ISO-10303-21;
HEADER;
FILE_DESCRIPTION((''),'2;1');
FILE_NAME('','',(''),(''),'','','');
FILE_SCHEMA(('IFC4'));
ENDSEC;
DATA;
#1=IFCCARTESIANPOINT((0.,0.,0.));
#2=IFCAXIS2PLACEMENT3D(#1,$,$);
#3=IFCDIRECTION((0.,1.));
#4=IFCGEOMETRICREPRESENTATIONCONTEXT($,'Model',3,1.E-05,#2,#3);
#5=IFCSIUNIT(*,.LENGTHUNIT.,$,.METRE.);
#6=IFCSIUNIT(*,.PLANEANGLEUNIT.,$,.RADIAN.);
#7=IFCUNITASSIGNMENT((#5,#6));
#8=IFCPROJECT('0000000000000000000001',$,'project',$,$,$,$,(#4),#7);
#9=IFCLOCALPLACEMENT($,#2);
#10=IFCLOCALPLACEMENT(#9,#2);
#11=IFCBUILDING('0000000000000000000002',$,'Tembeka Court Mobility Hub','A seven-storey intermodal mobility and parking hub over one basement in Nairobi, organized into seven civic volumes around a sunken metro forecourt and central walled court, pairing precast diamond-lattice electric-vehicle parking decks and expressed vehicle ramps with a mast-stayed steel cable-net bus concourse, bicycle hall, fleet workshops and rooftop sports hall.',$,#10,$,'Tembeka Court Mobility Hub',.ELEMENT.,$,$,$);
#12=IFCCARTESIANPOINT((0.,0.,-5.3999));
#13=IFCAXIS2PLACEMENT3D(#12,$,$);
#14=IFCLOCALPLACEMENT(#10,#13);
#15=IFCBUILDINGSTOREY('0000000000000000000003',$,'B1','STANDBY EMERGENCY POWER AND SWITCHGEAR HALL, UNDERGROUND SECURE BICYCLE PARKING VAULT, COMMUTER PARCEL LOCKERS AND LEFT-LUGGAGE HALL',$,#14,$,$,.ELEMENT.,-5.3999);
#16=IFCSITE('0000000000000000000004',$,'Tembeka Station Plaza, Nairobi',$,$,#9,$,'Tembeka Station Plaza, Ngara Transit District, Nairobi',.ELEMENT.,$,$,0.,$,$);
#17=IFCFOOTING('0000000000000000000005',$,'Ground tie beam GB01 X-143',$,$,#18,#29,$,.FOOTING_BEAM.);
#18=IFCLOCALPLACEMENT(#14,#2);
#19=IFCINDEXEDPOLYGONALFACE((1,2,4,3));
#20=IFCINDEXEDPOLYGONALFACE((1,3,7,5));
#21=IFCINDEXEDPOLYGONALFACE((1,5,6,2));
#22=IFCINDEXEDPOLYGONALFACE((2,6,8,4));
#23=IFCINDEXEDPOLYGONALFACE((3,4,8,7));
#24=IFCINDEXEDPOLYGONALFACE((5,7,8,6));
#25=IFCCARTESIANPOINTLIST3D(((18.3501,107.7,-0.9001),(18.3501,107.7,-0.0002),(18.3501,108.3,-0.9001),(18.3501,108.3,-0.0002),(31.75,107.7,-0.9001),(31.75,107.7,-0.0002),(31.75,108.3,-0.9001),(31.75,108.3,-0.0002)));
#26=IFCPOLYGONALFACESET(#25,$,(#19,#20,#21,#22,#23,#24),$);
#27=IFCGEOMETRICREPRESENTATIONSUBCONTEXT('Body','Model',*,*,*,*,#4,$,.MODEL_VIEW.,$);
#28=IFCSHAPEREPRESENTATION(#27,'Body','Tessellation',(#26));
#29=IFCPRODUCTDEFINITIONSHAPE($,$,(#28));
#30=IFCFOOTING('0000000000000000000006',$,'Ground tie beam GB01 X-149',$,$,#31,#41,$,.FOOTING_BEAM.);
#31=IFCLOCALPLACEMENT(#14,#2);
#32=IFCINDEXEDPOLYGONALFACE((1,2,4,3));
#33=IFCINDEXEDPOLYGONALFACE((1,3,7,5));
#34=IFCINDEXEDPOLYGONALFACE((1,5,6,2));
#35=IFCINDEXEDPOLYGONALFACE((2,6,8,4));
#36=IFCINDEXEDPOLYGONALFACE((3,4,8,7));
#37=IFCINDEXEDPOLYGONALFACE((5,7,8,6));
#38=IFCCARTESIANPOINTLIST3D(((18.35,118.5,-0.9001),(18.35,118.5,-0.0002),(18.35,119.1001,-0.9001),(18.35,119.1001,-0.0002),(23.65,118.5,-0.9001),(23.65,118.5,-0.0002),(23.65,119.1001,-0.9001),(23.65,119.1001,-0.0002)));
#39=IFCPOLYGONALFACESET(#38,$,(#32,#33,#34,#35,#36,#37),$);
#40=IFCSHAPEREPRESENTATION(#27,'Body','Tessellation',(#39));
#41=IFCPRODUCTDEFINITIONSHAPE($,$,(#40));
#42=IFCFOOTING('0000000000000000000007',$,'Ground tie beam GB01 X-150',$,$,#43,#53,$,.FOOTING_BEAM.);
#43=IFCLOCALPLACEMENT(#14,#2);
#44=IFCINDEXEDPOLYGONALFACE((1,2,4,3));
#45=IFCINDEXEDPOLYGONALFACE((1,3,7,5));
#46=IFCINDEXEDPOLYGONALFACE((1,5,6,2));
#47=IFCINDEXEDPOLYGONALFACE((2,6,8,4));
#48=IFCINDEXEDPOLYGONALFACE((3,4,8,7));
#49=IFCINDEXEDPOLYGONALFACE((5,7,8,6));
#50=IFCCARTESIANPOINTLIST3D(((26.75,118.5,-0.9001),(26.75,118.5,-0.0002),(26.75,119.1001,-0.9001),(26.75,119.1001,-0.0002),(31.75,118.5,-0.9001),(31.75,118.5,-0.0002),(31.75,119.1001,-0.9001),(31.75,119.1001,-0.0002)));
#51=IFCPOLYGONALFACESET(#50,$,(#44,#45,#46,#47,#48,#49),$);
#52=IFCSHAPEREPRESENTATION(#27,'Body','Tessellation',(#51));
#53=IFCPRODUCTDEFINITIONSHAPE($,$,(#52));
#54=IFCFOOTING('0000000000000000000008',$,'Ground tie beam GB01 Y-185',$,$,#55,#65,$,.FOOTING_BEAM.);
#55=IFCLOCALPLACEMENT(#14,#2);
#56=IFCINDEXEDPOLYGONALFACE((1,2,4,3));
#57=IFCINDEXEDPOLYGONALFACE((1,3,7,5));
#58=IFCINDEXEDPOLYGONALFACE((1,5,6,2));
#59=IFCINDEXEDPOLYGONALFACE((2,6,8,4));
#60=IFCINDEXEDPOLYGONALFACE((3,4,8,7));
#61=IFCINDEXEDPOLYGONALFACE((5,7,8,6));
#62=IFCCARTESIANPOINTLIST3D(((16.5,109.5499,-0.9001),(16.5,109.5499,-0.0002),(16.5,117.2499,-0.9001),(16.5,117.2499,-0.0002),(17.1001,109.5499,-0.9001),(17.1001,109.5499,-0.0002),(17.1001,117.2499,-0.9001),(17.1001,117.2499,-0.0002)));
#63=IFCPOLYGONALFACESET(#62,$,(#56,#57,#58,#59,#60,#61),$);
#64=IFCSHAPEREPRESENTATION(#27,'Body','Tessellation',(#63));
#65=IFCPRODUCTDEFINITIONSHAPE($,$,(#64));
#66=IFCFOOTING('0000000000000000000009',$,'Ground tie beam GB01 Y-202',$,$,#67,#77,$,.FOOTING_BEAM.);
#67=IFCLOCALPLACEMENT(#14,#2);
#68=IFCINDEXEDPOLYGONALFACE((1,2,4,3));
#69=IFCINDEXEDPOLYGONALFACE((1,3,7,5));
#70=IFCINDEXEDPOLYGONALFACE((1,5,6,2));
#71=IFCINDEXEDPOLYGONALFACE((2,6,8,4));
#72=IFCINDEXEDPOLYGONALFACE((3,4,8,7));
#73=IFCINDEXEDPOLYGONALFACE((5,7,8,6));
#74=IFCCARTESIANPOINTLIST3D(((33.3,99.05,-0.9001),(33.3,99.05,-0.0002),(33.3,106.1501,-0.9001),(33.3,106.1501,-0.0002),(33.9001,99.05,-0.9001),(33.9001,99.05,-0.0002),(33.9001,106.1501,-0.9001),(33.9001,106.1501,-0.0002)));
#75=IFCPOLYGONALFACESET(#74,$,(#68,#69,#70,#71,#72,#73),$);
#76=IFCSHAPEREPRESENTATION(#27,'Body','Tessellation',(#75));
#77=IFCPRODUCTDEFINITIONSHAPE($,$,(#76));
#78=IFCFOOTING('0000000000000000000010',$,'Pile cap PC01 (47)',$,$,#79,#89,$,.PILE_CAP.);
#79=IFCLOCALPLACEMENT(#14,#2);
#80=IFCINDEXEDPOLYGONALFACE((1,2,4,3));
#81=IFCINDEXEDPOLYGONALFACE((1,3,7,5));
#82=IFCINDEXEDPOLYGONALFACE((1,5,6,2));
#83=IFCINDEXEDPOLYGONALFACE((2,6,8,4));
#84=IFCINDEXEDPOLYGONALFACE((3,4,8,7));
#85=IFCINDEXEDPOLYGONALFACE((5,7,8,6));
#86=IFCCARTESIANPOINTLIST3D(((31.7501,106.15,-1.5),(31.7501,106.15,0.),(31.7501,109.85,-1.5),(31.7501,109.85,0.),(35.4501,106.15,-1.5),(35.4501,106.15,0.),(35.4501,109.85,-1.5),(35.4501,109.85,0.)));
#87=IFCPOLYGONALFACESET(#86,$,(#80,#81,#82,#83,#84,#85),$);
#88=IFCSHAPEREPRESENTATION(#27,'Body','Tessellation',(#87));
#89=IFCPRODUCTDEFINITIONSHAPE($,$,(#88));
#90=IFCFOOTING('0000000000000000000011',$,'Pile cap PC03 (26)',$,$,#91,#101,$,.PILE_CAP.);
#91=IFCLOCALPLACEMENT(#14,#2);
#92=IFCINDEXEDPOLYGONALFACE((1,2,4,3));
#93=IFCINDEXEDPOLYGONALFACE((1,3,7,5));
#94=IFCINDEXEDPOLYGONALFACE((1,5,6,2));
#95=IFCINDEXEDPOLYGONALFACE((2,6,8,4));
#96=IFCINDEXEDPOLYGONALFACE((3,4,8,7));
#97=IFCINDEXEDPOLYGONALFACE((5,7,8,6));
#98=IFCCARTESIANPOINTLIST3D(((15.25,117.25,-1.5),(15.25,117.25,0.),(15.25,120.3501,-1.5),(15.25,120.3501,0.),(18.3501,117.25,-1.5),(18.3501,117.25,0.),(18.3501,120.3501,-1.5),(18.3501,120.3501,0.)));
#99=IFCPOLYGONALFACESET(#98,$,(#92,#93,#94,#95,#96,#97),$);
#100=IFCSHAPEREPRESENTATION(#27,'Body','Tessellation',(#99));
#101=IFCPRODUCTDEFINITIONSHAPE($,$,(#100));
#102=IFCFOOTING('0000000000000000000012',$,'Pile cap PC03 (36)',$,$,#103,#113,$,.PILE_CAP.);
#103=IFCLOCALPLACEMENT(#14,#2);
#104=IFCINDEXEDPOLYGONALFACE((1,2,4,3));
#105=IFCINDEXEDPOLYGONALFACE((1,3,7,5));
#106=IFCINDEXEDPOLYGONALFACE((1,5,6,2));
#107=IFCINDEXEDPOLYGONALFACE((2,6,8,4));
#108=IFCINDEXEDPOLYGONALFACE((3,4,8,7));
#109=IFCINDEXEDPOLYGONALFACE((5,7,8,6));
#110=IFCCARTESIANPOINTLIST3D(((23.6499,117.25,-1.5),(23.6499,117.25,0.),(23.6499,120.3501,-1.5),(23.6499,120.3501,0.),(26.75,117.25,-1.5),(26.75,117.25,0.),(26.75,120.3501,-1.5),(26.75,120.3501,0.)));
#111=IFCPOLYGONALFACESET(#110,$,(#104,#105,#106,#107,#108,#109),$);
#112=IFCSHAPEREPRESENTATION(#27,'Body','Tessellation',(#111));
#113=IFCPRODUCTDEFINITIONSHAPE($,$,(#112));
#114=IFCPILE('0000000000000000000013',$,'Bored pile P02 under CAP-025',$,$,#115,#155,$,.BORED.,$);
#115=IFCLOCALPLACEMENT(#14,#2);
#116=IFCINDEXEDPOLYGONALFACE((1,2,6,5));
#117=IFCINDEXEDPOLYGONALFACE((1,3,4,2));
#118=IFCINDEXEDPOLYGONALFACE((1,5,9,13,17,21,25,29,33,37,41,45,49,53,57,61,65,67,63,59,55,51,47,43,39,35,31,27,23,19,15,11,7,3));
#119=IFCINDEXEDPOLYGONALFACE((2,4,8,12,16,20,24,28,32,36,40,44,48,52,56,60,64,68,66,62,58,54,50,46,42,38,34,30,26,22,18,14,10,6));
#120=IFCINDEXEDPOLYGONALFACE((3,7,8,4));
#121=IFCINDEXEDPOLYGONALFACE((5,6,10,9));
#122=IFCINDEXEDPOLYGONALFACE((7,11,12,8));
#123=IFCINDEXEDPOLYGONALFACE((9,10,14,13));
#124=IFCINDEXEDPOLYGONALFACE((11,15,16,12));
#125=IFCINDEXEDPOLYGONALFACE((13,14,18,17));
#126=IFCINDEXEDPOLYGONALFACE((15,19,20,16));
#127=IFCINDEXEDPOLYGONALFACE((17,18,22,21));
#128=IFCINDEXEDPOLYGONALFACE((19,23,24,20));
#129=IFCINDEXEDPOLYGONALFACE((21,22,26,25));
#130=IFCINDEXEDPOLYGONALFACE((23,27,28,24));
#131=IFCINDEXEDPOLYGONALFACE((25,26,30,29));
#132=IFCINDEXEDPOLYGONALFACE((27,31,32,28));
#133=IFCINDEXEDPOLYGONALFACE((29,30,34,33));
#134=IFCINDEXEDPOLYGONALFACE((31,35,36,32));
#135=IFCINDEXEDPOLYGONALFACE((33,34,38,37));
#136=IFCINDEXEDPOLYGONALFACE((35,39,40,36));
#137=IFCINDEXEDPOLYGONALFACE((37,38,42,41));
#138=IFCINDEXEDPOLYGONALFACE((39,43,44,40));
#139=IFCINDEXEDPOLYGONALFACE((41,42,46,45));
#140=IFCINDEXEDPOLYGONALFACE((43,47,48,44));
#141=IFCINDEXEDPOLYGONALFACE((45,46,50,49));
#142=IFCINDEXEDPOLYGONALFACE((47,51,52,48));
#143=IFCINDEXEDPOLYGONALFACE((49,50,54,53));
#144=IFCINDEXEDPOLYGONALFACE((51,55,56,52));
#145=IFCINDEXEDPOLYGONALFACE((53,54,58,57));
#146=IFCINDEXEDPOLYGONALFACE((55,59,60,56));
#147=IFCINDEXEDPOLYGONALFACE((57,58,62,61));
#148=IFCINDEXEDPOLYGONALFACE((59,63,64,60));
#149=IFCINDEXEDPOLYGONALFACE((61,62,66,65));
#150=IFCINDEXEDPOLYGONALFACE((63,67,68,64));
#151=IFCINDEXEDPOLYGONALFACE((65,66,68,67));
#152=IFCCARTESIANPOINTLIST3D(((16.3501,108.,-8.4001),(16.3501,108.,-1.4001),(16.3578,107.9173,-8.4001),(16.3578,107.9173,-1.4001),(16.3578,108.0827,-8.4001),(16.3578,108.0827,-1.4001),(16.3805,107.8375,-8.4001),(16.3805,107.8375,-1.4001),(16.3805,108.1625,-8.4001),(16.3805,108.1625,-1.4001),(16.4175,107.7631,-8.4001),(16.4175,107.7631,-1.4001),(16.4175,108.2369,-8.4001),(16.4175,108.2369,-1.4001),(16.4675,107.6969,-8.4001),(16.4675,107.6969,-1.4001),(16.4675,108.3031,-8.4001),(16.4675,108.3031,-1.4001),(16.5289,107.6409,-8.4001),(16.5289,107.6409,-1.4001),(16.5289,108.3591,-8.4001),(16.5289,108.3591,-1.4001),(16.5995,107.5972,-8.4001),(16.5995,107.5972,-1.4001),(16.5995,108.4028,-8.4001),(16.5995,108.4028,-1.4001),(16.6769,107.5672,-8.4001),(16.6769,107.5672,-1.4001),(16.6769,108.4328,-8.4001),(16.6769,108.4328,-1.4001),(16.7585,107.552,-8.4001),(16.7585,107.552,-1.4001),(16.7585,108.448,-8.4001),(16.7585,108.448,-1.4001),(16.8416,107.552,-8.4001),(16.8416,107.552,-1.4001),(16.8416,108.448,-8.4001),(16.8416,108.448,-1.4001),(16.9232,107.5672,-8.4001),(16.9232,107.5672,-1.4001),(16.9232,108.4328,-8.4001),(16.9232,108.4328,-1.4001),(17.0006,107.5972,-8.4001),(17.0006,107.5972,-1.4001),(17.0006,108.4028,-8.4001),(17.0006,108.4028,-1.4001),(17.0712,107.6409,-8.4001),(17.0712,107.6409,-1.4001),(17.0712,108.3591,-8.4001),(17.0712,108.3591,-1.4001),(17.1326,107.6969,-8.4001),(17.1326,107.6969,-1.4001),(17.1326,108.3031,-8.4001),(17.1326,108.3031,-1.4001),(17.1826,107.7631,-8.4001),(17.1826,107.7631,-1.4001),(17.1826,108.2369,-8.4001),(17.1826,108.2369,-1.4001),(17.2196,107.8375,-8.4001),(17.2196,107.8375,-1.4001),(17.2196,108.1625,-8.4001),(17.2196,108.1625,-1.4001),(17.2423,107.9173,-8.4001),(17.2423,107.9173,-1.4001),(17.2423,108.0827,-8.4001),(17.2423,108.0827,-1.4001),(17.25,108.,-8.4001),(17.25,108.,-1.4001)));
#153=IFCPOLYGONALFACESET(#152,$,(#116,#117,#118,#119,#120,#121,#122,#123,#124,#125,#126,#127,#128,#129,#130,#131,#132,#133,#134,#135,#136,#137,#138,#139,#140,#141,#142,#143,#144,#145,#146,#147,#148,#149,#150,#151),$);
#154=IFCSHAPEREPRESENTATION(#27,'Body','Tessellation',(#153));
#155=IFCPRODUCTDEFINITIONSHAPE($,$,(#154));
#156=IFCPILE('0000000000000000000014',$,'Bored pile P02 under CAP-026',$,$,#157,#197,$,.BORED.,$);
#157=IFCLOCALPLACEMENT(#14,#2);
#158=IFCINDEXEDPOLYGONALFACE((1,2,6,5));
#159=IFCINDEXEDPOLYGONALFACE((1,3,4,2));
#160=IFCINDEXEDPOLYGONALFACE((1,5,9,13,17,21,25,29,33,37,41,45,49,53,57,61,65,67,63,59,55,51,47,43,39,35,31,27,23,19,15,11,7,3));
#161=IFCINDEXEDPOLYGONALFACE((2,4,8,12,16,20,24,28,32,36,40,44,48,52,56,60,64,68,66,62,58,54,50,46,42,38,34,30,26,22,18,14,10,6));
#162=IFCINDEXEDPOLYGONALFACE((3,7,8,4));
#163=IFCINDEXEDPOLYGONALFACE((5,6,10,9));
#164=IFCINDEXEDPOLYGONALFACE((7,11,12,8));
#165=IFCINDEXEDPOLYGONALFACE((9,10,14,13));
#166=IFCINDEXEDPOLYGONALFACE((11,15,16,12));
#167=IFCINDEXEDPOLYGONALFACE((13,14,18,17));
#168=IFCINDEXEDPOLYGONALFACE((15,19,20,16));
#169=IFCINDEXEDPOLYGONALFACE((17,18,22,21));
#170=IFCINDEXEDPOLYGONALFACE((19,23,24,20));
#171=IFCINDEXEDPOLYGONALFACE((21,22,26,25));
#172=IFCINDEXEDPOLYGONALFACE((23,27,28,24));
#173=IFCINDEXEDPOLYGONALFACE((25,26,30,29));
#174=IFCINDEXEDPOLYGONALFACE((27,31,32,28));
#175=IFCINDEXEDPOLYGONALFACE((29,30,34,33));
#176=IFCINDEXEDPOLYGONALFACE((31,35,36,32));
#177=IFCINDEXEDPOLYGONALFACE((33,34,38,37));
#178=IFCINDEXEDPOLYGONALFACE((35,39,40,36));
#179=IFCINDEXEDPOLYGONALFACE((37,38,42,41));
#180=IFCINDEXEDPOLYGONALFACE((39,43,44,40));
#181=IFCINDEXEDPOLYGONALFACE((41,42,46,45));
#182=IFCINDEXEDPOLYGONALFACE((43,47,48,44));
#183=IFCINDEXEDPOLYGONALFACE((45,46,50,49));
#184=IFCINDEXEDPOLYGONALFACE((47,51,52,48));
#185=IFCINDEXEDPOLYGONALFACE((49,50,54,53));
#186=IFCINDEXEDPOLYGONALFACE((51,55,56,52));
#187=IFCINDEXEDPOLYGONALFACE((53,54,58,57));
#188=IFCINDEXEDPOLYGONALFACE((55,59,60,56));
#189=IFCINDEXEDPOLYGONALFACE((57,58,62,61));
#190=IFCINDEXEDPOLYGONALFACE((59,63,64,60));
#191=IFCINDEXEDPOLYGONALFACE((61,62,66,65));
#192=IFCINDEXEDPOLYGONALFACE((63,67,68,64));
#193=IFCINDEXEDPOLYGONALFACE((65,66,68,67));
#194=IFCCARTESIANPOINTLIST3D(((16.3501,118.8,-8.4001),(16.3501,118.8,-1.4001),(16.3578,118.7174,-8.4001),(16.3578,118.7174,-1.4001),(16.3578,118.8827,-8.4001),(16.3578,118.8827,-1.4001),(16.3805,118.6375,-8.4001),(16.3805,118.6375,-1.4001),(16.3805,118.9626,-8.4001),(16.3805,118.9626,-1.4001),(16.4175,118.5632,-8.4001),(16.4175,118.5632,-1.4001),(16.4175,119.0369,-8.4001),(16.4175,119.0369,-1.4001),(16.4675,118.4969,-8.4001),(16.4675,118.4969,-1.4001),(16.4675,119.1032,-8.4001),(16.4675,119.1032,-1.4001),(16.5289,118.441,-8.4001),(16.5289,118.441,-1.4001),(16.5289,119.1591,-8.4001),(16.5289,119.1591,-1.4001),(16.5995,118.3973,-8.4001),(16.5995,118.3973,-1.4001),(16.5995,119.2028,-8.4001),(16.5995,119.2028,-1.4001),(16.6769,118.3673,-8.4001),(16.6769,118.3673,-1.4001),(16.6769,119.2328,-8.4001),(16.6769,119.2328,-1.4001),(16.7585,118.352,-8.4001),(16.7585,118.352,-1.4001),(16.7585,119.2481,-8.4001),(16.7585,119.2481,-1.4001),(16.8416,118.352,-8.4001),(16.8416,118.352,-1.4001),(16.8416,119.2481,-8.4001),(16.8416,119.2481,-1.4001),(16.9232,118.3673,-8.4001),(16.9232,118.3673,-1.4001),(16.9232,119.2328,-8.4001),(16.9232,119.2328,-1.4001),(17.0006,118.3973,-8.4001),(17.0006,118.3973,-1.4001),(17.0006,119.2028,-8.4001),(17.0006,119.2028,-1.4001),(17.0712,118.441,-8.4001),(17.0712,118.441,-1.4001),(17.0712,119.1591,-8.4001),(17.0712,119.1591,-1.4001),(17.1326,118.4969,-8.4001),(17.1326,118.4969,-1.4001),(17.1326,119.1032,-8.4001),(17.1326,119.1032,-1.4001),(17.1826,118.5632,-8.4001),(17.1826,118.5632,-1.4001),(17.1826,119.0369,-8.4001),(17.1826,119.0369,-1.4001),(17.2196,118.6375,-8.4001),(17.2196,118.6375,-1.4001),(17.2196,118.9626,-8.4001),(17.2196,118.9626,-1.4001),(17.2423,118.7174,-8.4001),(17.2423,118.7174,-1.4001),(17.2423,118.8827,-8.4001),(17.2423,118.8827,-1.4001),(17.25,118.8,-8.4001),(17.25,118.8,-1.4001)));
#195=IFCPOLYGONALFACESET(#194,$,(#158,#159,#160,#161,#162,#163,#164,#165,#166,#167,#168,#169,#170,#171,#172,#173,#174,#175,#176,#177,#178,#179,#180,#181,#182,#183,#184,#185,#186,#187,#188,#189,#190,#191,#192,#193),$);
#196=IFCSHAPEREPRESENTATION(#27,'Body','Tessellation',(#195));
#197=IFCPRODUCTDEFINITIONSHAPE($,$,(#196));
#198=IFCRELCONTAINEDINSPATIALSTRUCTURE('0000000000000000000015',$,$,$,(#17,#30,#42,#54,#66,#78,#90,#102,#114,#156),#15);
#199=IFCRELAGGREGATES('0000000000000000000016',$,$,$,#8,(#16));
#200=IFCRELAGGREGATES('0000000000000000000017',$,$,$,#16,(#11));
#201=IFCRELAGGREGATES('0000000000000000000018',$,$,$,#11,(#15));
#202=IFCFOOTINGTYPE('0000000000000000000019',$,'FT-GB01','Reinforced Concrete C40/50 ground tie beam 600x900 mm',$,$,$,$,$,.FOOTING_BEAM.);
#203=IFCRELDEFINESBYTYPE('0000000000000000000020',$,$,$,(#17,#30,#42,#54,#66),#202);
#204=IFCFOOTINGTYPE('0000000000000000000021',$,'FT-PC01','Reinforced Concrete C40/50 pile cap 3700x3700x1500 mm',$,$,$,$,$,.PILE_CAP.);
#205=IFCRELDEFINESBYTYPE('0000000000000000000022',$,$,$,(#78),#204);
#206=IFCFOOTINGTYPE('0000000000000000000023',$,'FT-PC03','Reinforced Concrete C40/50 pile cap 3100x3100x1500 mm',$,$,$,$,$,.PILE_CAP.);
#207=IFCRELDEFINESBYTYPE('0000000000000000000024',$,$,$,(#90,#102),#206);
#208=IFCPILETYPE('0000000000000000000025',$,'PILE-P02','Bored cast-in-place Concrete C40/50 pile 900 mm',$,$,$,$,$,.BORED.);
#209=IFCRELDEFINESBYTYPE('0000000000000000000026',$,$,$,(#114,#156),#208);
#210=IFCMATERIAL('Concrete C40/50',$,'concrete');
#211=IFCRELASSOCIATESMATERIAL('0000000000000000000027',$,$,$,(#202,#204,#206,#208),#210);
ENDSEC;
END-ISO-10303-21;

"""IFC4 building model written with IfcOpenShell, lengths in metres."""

from ifc_helpers import new_model, si_unit, direction, frame, origin, origin_2d, place, context, subcontext, project, spatial, rectangle, circle, extrude, material, material_profile, profile_set, type_object, element, save


model = new_model("IFC4")

# Units and contexts
model_context = context("Model", 3, precision=1e-05, world=origin(), true_north=direction((0.0, 1.0)))
body_context = subcontext(model_context, "Body", "Model", "MODEL_VIEW")
ifc_project = project(units=[si_unit("LENGTHUNIT", "METRE"), si_unit("PLANEANGLEUNIT", "RADIAN")], contexts=[model_context])

# Site, building, storey
site_placement = place(None, origin())
site = spatial("IfcSite", under=ifc_project, at=site_placement, Name="Tembeka Station Plaza, Nairobi", LongName="Tembeka Station Plaza, Ngara Transit District, Nairobi", CompositionType="ELEMENT", RefElevation=0.0)
building_placement = place(site_placement, origin())
building = spatial("IfcBuilding", under=site, at=building_placement, Name="Tembeka Court Mobility Hub", Description="A seven-storey intermodal mobility and parking hub over one basement in Nairobi, organized into seven civic volumes around a sunken metro forecourt and central walled court, pairing precast diamond-lattice electric-vehicle parking decks and expressed vehicle ramps with a mast-stayed steel cable-net bus concourse, bicycle hall, fleet workshops and rooftop sports hall.", LongName="Tembeka Court Mobility Hub", CompositionType="ELEMENT")
storey_placement = place(building_placement, frame((0.0, 0.0, -5.3999)))
storey = spatial("IfcBuildingStorey", under=building, at=storey_placement, Name="B1", Description="STANDBY EMERGENCY POWER AND SWITCHGEAR HALL, UNDERGROUND SECURE BICYCLE PARKING VAULT, COMMUTER PARCEL LOCKERS AND LEFT-LUGGAGE HALL", CompositionType="ELEMENT", Elevation=-5.3999)

# Footings
ifc_material_1 = material(Name="Concrete C40/50", Category="concrete")
footing_type_1 = type_object("IfcFootingType", Name="FT-GB01", Description="Reinforced Concrete C40/50 ground tie beam 600x900 mm", PredefinedType="FOOTING_BEAM", material=ifc_material_1)
footing_1_placement = place(storey_placement, frame((25.05, 108.0, -0.9001), z_axis=(0.0, 0.0, 1.0), x_axis=(1.0, 0.0, 0.0)))
element("IfcFooting", 1, at=footing_1_placement, inside=storey, type_object=footing_type_1, Name="Ground tie beam GB01 X-143", PredefinedType="FOOTING_BEAM", context=body_context, shape_type="SweptSolid", body=[
    extrude(rectangle(XDim=13.3999, YDim=0.6001, at=origin_2d()), origin(), (0.0, 0.0, 1.0), 0.8999),
])
footing_2_placement = place(storey_placement, frame((21.0, 118.8, -0.9001), z_axis=(0.0, 0.0, 1.0), x_axis=(1.0, 0.0, 0.0)))
element("IfcFooting", 2, at=footing_2_placement, inside=storey, type_object=footing_type_1, Name="Ground tie beam GB01 X-149", PredefinedType="FOOTING_BEAM", context=body_context, shape_type="SweptSolid", body=[
    extrude(rectangle(XDim=5.3, YDim=0.6001, at=origin_2d()), origin(), (0.0, 0.0, 1.0), 0.8999),
])
footing_3_placement = place(storey_placement, frame((29.25, 118.8, -0.9001), z_axis=(0.0, 0.0, 1.0), x_axis=(1.0, 0.0, 0.0)))
element("IfcFooting", 3, at=footing_3_placement, inside=storey, type_object=footing_type_1, Name="Ground tie beam GB01 X-150", PredefinedType="FOOTING_BEAM", context=body_context, shape_type="SweptSolid", body=[
    extrude(rectangle(XDim=5.0, YDim=0.6001, at=origin_2d()), origin(), (0.0, 0.0, 1.0), 0.8999),
])
footing_4_placement = place(storey_placement, frame((16.8, 113.3999, -0.9001), z_axis=(0.0, 0.0, 1.0), x_axis=(0.0, 1.0, 0.0)))
element("IfcFooting", 4, at=footing_4_placement, inside=storey, type_object=footing_type_1, Name="Ground tie beam GB01 Y-185", PredefinedType="FOOTING_BEAM", context=body_context, shape_type="SweptSolid", body=[
    extrude(rectangle(XDim=7.7, YDim=0.6001, at=origin_2d()), origin(), (0.0, 0.0, 1.0), 0.8999),
])
footing_5_placement = place(storey_placement, frame((33.6001, 102.6001, -0.9001), z_axis=(0.0, 0.0, 1.0), x_axis=(0.0, 1.0, 0.0)))
element("IfcFooting", 5, at=footing_5_placement, inside=storey, type_object=footing_type_1, Name="Ground tie beam GB01 Y-202", PredefinedType="FOOTING_BEAM", context=body_context, shape_type="SweptSolid", body=[
    extrude(rectangle(XDim=7.1001, YDim=0.6001, at=origin_2d()), origin(), (0.0, 0.0, 1.0), 0.8999),
])
footing_type_2 = type_object("IfcFootingType", Name="FT-PC01", Description="Reinforced Concrete C40/50 pile cap 3700x3700x1500 mm", PredefinedType="PILE_CAP", material=ifc_material_1)
footing_6_placement = place(storey_placement, frame((33.6001, 108.0, -1.5), z_axis=(0.0, 0.0, 1.0), x_axis=(1.0, 0.0, 0.0)))
element("IfcFooting", 6, at=footing_6_placement, inside=storey, type_object=footing_type_2, Name="Pile cap PC01 (47)", PredefinedType="PILE_CAP", context=body_context, shape_type="SweptSolid", body=[
    extrude(rectangle(XDim=3.7, YDim=3.7, at=origin_2d()), origin(), (0.0, 0.0, 1.0), 1.5),
])
footing_type_3 = type_object("IfcFootingType", Name="FT-PC03", Description="Reinforced Concrete C40/50 pile cap 3100x3100x1500 mm", PredefinedType="PILE_CAP", material=ifc_material_1)
for number, where, z_axis, x_axis, name in (
    (7, (16.8, 118.8, -1.5), (0.0, 0.0, 1.0), (1.0, 0.0, 0.0), "Pile cap PC03 (26)"),
    (8, (25.2, 118.8, -1.5), (0.0, 0.0, 1.0), (1.0, 0.0, 0.0), "Pile cap PC03 (36)"),
):
    element("IfcFooting", number, at=place(storey_placement, frame(where, z_axis=z_axis, x_axis=x_axis)), inside=storey, type_object=footing_type_3, Name=name, PredefinedType="PILE_CAP", context=body_context, shape_type="SweptSolid", body=[
        extrude(rectangle(XDim=3.1001, YDim=3.1001, at=origin_2d()), origin(), (0.0, 0.0, 1.0), 1.5),
    ])

# Piles
ifc_material_profile_1 = material_profile(ifc_material_1, circle(Radius=0.45, at=origin_2d()), Name="PILE D900")
ifc_profile_set_1 = profile_set([ifc_material_profile_1], Name="Concrete C40/50")
pile_type = type_object("IfcPileType", Name="PILE-P02", Description="Bored cast-in-place Concrete C40/50 pile 900 mm", PredefinedType="BORED", material=ifc_profile_set_1)
for number, where, z_axis, x_axis, name in (
    (9, (16.8, 108.0, -1.4001), (0.0, 0.0, -1.0), (1.0, 0.0, 0.0), "Bored pile P02 under CAP-025"),
    (10, (16.8, 118.8, -1.4001), (0.0, 0.0, -1.0), (1.0, 0.0, 0.0), "Bored pile P02 under CAP-026"),
):
    element("IfcPile", number, at=place(storey_placement, frame(where, z_axis=z_axis, x_axis=x_axis)), inside=storey, type_object=pile_type, Name=name, PredefinedType="BORED", context=body_context, shape_type="SweptSolid", body=[
        extrude(circle(Radius=0.45, at=origin_2d()), origin(), (0.0, 0.0, 1.0), 7.0),
    ])

save(model, "model.ifc")
